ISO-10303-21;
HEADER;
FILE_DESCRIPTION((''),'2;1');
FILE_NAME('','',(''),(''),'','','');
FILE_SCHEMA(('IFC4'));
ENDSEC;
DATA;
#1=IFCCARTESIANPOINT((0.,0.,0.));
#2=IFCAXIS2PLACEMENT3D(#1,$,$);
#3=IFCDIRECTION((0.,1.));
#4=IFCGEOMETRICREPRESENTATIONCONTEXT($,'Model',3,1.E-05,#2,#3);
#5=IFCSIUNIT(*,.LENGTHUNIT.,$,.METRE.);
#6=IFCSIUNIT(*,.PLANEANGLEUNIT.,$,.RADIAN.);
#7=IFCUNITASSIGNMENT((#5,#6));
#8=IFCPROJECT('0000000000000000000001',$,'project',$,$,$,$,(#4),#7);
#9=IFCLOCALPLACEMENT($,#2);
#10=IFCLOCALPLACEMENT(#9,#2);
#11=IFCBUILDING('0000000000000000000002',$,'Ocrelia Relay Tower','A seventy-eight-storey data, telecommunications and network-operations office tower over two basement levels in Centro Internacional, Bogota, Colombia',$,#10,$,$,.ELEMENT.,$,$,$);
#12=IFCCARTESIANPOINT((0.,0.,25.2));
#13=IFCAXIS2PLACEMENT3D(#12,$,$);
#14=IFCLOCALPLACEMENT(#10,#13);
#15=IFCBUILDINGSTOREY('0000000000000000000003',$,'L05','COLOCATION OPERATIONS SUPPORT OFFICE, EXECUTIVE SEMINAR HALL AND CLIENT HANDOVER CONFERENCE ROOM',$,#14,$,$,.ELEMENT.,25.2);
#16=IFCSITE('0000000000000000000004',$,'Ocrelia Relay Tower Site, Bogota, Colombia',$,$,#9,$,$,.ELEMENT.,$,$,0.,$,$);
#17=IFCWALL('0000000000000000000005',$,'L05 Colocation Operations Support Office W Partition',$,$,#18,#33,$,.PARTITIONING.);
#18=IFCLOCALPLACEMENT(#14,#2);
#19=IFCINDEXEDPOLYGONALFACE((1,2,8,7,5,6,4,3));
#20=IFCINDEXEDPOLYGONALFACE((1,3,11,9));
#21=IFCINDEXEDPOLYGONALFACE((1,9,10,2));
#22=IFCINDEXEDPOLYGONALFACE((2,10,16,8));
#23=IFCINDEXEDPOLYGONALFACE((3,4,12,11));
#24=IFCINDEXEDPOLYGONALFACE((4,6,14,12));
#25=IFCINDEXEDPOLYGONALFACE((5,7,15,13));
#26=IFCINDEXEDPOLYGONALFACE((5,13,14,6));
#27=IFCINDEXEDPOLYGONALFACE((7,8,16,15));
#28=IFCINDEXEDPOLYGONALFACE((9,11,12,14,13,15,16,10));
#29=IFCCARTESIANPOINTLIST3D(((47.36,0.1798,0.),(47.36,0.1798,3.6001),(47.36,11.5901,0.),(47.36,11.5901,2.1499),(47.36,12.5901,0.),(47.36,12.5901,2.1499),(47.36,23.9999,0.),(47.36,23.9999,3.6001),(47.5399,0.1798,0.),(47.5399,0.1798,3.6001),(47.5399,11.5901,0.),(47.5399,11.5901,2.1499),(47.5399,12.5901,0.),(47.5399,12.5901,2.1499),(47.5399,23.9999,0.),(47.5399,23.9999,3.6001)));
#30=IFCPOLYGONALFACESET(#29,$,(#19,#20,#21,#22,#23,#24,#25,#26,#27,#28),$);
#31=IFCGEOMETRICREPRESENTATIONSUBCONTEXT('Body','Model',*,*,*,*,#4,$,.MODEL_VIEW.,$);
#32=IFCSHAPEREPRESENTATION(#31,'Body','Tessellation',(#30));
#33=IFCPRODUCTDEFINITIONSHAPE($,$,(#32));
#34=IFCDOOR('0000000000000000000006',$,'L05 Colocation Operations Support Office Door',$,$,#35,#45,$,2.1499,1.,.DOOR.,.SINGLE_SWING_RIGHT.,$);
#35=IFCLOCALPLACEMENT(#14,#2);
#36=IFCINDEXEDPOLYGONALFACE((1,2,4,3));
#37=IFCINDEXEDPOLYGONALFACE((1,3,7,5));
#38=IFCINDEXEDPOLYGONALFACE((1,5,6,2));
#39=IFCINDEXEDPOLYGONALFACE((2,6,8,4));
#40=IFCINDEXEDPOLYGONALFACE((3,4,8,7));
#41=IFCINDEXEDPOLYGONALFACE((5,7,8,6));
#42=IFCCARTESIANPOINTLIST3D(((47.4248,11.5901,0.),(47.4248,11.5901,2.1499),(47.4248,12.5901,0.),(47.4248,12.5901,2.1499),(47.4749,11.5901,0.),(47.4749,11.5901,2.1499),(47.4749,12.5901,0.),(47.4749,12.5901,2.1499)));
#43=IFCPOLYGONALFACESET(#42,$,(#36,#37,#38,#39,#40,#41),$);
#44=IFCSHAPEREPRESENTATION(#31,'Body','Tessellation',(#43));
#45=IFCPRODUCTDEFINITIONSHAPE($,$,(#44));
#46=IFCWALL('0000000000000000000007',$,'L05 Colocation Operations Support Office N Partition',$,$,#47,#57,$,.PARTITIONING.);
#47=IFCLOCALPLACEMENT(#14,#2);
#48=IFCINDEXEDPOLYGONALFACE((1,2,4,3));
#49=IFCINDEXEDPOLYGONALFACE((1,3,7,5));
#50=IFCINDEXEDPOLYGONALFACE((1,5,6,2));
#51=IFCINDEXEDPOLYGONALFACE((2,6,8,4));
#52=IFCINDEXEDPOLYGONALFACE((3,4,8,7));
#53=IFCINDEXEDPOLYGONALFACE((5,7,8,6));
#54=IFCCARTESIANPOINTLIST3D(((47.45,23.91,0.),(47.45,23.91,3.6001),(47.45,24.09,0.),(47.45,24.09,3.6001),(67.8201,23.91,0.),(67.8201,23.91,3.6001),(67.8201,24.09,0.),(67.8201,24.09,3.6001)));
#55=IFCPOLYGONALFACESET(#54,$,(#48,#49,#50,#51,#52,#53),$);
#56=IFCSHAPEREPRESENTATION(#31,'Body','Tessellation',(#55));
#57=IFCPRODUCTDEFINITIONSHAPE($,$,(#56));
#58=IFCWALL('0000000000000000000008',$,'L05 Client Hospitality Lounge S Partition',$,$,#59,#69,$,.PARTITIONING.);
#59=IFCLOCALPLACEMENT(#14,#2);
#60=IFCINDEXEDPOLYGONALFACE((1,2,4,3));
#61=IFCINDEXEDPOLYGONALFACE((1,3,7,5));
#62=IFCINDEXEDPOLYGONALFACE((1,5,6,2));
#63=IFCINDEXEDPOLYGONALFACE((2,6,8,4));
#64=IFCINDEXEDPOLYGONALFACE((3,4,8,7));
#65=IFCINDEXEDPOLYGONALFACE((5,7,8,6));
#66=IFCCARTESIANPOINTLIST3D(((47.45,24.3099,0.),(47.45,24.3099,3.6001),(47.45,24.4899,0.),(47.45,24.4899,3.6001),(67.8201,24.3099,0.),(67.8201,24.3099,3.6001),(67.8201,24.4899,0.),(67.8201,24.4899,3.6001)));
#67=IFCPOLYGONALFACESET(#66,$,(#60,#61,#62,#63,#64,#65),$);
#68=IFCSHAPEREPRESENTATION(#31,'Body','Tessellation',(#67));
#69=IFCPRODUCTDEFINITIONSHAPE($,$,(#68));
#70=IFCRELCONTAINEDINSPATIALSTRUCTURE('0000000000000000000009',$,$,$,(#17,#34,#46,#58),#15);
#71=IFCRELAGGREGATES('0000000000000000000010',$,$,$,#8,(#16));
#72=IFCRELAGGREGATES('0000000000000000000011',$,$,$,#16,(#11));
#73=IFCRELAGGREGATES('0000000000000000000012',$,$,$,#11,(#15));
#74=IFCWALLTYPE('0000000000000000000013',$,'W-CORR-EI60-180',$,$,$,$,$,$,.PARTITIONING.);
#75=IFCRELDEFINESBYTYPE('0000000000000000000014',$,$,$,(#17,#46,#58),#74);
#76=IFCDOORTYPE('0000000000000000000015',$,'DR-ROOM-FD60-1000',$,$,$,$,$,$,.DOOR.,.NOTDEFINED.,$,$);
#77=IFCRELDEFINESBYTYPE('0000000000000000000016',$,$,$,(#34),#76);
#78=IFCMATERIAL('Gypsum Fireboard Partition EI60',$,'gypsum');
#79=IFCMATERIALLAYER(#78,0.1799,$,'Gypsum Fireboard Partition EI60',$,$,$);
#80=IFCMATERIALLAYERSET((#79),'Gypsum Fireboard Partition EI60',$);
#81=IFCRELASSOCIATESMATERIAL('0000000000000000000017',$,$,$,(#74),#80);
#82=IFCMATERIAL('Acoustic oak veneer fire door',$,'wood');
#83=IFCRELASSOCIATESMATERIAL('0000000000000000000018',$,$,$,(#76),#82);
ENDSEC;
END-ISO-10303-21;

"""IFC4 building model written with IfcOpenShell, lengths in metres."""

from ifc_helpers import new_model, si_unit, direction, frame, frame_2d, origin, place, context, subcontext, project, spatial, rectangle, extrude, material, layer, layer_set, type_object, element, fill, save


model = new_model("IFC4")

# Units and contexts
model_context = context("Model", 3, precision=1e-05, world=origin(), true_north=direction((0.0, 1.0)))
body_context = subcontext(model_context, "Body", "Model", "MODEL_VIEW")
ifc_project = project(units=[si_unit("LENGTHUNIT", "METRE"), si_unit("PLANEANGLEUNIT", "RADIAN")], contexts=[model_context])

# Site, building, storey
site_placement = place(None, origin())
site = spatial("IfcSite", under=ifc_project, at=site_placement, Name="Ocrelia Relay Tower Site, Bogota, Colombia", CompositionType="ELEMENT", RefElevation=0.0)
building_placement = place(site_placement, origin())
building = spatial("IfcBuilding", under=site, at=building_placement, Name="Ocrelia Relay Tower", Description="A seventy-eight-storey data, telecommunications and network-operations office tower over two basement levels in Centro Internacional, Bogota, Colombia", CompositionType="ELEMENT")
storey_placement = place(building_placement, frame((0.0, 0.0, 25.2)))
storey = spatial("IfcBuildingStorey", under=building, at=storey_placement, Name="L05", Description="COLOCATION OPERATIONS SUPPORT OFFICE, EXECUTIVE SEMINAR HALL AND CLIENT HANDOVER CONFERENCE ROOM", CompositionType="ELEMENT", Elevation=25.2)

# Wall, opening, door
ifc_material_1 = material(Name="Gypsum Fireboard Partition EI60", Category="gypsum")
ifc_layer = layer(ifc_material_1, 0.1799, Name="Gypsum Fireboard Partition EI60")
ifc_layer_set = layer_set([ifc_layer], Name="Gypsum Fireboard Partition EI60")
wall_type = type_object("IfcWallType", Name="W-CORR-EI60-180", PredefinedType="PARTITIONING", material=ifc_layer_set)
wall_placement = place(storey_placement, frame((47.45, 24.0, 0.0), z_axis=(0.0, 0.0, 1.0), x_axis=(0.0, -1.0, 0.0)))
wall = element("IfcWall", 1, at=wall_placement, inside=storey, type_object=wall_type, Name="L05 Colocation Operations Support Office W Partition", PredefinedType="PARTITIONING", context=body_context, shape_type="SweptSolid", body=[
    extrude(rectangle(XDim=23.8201, YDim=0.1799, at=frame_2d((11.9102, 0.0))), origin(), (0.0, 0.0, 1.0), 3.6001),
])
opening_placement = place(wall_placement, frame((11.4099, 0.0, 0.0)))
opening = element("IfcOpeningElement", 2, at=opening_placement, cuts=wall, PredefinedType="OPENING", context=body_context, shape_type="SweptSolid", body=[
    extrude(rectangle(XDim=1.0, YDim=2.1499, at=frame_2d((0.5, 1.075))), frame((0.0, 0.1001, 0.0), z_axis=(0.0, -1.0, 0.0), x_axis=(1.0, 0.0, 0.0)), (0.0, 0.0, 1.0), 0.2),
])
ifc_material_2 = material(Name="Acoustic oak veneer fire door", Category="wood")
door_type = type_object("IfcDoorType", Name="DR-ROOM-FD60-1000", OperationType="NOTDEFINED", PredefinedType="DOOR", material=ifc_material_2)
door_placement = place(opening_placement, origin())
door = element("IfcDoor", 3, at=door_placement, inside=storey, type_object=door_type, Name="L05 Colocation Operations Support Office Door", OperationType="SINGLE_SWING_RIGHT", OverallHeight=2.1499, OverallWidth=1.0, PredefinedType="DOOR", context=body_context, shape_type="SweptSolid", body=[
    extrude(rectangle(XDim=1.0, YDim=2.1499, at=frame_2d((0.5, 1.075))), frame((0.0, 0.0249, 0.0), z_axis=(0.0, -1.0, 0.0), x_axis=(1.0, 0.0, 0.0)), (0.0, 0.0, 1.0), 0.05),
])
fill(opening, door)

# Walls
for number, where, z_axis, x_axis, name in (
    (4, (67.8201, 24.0, 0.0), (0.0, 0.0, 1.0), (-1.0, 0.0, 0.0), "L05 Colocation Operations Support Office N Partition"),
    (5, (47.45, 24.3999, 0.0), (0.0, 0.0, 1.0), (1.0, 0.0, 0.0), "L05 Client Hospitality Lounge S Partition"),
):
    element("IfcWall", number, at=place(storey_placement, frame(where, z_axis=z_axis, x_axis=x_axis)), inside=storey, type_object=wall_type, Name=name, PredefinedType="PARTITIONING", context=body_context, shape_type="SweptSolid", body=[
        extrude(rectangle(XDim=20.3701, YDim=0.1799, at=frame_2d((10.1851, 0.0))), origin(), (0.0, 0.0, 1.0), 3.6001),
    ])

save(model, "model.ifc")
